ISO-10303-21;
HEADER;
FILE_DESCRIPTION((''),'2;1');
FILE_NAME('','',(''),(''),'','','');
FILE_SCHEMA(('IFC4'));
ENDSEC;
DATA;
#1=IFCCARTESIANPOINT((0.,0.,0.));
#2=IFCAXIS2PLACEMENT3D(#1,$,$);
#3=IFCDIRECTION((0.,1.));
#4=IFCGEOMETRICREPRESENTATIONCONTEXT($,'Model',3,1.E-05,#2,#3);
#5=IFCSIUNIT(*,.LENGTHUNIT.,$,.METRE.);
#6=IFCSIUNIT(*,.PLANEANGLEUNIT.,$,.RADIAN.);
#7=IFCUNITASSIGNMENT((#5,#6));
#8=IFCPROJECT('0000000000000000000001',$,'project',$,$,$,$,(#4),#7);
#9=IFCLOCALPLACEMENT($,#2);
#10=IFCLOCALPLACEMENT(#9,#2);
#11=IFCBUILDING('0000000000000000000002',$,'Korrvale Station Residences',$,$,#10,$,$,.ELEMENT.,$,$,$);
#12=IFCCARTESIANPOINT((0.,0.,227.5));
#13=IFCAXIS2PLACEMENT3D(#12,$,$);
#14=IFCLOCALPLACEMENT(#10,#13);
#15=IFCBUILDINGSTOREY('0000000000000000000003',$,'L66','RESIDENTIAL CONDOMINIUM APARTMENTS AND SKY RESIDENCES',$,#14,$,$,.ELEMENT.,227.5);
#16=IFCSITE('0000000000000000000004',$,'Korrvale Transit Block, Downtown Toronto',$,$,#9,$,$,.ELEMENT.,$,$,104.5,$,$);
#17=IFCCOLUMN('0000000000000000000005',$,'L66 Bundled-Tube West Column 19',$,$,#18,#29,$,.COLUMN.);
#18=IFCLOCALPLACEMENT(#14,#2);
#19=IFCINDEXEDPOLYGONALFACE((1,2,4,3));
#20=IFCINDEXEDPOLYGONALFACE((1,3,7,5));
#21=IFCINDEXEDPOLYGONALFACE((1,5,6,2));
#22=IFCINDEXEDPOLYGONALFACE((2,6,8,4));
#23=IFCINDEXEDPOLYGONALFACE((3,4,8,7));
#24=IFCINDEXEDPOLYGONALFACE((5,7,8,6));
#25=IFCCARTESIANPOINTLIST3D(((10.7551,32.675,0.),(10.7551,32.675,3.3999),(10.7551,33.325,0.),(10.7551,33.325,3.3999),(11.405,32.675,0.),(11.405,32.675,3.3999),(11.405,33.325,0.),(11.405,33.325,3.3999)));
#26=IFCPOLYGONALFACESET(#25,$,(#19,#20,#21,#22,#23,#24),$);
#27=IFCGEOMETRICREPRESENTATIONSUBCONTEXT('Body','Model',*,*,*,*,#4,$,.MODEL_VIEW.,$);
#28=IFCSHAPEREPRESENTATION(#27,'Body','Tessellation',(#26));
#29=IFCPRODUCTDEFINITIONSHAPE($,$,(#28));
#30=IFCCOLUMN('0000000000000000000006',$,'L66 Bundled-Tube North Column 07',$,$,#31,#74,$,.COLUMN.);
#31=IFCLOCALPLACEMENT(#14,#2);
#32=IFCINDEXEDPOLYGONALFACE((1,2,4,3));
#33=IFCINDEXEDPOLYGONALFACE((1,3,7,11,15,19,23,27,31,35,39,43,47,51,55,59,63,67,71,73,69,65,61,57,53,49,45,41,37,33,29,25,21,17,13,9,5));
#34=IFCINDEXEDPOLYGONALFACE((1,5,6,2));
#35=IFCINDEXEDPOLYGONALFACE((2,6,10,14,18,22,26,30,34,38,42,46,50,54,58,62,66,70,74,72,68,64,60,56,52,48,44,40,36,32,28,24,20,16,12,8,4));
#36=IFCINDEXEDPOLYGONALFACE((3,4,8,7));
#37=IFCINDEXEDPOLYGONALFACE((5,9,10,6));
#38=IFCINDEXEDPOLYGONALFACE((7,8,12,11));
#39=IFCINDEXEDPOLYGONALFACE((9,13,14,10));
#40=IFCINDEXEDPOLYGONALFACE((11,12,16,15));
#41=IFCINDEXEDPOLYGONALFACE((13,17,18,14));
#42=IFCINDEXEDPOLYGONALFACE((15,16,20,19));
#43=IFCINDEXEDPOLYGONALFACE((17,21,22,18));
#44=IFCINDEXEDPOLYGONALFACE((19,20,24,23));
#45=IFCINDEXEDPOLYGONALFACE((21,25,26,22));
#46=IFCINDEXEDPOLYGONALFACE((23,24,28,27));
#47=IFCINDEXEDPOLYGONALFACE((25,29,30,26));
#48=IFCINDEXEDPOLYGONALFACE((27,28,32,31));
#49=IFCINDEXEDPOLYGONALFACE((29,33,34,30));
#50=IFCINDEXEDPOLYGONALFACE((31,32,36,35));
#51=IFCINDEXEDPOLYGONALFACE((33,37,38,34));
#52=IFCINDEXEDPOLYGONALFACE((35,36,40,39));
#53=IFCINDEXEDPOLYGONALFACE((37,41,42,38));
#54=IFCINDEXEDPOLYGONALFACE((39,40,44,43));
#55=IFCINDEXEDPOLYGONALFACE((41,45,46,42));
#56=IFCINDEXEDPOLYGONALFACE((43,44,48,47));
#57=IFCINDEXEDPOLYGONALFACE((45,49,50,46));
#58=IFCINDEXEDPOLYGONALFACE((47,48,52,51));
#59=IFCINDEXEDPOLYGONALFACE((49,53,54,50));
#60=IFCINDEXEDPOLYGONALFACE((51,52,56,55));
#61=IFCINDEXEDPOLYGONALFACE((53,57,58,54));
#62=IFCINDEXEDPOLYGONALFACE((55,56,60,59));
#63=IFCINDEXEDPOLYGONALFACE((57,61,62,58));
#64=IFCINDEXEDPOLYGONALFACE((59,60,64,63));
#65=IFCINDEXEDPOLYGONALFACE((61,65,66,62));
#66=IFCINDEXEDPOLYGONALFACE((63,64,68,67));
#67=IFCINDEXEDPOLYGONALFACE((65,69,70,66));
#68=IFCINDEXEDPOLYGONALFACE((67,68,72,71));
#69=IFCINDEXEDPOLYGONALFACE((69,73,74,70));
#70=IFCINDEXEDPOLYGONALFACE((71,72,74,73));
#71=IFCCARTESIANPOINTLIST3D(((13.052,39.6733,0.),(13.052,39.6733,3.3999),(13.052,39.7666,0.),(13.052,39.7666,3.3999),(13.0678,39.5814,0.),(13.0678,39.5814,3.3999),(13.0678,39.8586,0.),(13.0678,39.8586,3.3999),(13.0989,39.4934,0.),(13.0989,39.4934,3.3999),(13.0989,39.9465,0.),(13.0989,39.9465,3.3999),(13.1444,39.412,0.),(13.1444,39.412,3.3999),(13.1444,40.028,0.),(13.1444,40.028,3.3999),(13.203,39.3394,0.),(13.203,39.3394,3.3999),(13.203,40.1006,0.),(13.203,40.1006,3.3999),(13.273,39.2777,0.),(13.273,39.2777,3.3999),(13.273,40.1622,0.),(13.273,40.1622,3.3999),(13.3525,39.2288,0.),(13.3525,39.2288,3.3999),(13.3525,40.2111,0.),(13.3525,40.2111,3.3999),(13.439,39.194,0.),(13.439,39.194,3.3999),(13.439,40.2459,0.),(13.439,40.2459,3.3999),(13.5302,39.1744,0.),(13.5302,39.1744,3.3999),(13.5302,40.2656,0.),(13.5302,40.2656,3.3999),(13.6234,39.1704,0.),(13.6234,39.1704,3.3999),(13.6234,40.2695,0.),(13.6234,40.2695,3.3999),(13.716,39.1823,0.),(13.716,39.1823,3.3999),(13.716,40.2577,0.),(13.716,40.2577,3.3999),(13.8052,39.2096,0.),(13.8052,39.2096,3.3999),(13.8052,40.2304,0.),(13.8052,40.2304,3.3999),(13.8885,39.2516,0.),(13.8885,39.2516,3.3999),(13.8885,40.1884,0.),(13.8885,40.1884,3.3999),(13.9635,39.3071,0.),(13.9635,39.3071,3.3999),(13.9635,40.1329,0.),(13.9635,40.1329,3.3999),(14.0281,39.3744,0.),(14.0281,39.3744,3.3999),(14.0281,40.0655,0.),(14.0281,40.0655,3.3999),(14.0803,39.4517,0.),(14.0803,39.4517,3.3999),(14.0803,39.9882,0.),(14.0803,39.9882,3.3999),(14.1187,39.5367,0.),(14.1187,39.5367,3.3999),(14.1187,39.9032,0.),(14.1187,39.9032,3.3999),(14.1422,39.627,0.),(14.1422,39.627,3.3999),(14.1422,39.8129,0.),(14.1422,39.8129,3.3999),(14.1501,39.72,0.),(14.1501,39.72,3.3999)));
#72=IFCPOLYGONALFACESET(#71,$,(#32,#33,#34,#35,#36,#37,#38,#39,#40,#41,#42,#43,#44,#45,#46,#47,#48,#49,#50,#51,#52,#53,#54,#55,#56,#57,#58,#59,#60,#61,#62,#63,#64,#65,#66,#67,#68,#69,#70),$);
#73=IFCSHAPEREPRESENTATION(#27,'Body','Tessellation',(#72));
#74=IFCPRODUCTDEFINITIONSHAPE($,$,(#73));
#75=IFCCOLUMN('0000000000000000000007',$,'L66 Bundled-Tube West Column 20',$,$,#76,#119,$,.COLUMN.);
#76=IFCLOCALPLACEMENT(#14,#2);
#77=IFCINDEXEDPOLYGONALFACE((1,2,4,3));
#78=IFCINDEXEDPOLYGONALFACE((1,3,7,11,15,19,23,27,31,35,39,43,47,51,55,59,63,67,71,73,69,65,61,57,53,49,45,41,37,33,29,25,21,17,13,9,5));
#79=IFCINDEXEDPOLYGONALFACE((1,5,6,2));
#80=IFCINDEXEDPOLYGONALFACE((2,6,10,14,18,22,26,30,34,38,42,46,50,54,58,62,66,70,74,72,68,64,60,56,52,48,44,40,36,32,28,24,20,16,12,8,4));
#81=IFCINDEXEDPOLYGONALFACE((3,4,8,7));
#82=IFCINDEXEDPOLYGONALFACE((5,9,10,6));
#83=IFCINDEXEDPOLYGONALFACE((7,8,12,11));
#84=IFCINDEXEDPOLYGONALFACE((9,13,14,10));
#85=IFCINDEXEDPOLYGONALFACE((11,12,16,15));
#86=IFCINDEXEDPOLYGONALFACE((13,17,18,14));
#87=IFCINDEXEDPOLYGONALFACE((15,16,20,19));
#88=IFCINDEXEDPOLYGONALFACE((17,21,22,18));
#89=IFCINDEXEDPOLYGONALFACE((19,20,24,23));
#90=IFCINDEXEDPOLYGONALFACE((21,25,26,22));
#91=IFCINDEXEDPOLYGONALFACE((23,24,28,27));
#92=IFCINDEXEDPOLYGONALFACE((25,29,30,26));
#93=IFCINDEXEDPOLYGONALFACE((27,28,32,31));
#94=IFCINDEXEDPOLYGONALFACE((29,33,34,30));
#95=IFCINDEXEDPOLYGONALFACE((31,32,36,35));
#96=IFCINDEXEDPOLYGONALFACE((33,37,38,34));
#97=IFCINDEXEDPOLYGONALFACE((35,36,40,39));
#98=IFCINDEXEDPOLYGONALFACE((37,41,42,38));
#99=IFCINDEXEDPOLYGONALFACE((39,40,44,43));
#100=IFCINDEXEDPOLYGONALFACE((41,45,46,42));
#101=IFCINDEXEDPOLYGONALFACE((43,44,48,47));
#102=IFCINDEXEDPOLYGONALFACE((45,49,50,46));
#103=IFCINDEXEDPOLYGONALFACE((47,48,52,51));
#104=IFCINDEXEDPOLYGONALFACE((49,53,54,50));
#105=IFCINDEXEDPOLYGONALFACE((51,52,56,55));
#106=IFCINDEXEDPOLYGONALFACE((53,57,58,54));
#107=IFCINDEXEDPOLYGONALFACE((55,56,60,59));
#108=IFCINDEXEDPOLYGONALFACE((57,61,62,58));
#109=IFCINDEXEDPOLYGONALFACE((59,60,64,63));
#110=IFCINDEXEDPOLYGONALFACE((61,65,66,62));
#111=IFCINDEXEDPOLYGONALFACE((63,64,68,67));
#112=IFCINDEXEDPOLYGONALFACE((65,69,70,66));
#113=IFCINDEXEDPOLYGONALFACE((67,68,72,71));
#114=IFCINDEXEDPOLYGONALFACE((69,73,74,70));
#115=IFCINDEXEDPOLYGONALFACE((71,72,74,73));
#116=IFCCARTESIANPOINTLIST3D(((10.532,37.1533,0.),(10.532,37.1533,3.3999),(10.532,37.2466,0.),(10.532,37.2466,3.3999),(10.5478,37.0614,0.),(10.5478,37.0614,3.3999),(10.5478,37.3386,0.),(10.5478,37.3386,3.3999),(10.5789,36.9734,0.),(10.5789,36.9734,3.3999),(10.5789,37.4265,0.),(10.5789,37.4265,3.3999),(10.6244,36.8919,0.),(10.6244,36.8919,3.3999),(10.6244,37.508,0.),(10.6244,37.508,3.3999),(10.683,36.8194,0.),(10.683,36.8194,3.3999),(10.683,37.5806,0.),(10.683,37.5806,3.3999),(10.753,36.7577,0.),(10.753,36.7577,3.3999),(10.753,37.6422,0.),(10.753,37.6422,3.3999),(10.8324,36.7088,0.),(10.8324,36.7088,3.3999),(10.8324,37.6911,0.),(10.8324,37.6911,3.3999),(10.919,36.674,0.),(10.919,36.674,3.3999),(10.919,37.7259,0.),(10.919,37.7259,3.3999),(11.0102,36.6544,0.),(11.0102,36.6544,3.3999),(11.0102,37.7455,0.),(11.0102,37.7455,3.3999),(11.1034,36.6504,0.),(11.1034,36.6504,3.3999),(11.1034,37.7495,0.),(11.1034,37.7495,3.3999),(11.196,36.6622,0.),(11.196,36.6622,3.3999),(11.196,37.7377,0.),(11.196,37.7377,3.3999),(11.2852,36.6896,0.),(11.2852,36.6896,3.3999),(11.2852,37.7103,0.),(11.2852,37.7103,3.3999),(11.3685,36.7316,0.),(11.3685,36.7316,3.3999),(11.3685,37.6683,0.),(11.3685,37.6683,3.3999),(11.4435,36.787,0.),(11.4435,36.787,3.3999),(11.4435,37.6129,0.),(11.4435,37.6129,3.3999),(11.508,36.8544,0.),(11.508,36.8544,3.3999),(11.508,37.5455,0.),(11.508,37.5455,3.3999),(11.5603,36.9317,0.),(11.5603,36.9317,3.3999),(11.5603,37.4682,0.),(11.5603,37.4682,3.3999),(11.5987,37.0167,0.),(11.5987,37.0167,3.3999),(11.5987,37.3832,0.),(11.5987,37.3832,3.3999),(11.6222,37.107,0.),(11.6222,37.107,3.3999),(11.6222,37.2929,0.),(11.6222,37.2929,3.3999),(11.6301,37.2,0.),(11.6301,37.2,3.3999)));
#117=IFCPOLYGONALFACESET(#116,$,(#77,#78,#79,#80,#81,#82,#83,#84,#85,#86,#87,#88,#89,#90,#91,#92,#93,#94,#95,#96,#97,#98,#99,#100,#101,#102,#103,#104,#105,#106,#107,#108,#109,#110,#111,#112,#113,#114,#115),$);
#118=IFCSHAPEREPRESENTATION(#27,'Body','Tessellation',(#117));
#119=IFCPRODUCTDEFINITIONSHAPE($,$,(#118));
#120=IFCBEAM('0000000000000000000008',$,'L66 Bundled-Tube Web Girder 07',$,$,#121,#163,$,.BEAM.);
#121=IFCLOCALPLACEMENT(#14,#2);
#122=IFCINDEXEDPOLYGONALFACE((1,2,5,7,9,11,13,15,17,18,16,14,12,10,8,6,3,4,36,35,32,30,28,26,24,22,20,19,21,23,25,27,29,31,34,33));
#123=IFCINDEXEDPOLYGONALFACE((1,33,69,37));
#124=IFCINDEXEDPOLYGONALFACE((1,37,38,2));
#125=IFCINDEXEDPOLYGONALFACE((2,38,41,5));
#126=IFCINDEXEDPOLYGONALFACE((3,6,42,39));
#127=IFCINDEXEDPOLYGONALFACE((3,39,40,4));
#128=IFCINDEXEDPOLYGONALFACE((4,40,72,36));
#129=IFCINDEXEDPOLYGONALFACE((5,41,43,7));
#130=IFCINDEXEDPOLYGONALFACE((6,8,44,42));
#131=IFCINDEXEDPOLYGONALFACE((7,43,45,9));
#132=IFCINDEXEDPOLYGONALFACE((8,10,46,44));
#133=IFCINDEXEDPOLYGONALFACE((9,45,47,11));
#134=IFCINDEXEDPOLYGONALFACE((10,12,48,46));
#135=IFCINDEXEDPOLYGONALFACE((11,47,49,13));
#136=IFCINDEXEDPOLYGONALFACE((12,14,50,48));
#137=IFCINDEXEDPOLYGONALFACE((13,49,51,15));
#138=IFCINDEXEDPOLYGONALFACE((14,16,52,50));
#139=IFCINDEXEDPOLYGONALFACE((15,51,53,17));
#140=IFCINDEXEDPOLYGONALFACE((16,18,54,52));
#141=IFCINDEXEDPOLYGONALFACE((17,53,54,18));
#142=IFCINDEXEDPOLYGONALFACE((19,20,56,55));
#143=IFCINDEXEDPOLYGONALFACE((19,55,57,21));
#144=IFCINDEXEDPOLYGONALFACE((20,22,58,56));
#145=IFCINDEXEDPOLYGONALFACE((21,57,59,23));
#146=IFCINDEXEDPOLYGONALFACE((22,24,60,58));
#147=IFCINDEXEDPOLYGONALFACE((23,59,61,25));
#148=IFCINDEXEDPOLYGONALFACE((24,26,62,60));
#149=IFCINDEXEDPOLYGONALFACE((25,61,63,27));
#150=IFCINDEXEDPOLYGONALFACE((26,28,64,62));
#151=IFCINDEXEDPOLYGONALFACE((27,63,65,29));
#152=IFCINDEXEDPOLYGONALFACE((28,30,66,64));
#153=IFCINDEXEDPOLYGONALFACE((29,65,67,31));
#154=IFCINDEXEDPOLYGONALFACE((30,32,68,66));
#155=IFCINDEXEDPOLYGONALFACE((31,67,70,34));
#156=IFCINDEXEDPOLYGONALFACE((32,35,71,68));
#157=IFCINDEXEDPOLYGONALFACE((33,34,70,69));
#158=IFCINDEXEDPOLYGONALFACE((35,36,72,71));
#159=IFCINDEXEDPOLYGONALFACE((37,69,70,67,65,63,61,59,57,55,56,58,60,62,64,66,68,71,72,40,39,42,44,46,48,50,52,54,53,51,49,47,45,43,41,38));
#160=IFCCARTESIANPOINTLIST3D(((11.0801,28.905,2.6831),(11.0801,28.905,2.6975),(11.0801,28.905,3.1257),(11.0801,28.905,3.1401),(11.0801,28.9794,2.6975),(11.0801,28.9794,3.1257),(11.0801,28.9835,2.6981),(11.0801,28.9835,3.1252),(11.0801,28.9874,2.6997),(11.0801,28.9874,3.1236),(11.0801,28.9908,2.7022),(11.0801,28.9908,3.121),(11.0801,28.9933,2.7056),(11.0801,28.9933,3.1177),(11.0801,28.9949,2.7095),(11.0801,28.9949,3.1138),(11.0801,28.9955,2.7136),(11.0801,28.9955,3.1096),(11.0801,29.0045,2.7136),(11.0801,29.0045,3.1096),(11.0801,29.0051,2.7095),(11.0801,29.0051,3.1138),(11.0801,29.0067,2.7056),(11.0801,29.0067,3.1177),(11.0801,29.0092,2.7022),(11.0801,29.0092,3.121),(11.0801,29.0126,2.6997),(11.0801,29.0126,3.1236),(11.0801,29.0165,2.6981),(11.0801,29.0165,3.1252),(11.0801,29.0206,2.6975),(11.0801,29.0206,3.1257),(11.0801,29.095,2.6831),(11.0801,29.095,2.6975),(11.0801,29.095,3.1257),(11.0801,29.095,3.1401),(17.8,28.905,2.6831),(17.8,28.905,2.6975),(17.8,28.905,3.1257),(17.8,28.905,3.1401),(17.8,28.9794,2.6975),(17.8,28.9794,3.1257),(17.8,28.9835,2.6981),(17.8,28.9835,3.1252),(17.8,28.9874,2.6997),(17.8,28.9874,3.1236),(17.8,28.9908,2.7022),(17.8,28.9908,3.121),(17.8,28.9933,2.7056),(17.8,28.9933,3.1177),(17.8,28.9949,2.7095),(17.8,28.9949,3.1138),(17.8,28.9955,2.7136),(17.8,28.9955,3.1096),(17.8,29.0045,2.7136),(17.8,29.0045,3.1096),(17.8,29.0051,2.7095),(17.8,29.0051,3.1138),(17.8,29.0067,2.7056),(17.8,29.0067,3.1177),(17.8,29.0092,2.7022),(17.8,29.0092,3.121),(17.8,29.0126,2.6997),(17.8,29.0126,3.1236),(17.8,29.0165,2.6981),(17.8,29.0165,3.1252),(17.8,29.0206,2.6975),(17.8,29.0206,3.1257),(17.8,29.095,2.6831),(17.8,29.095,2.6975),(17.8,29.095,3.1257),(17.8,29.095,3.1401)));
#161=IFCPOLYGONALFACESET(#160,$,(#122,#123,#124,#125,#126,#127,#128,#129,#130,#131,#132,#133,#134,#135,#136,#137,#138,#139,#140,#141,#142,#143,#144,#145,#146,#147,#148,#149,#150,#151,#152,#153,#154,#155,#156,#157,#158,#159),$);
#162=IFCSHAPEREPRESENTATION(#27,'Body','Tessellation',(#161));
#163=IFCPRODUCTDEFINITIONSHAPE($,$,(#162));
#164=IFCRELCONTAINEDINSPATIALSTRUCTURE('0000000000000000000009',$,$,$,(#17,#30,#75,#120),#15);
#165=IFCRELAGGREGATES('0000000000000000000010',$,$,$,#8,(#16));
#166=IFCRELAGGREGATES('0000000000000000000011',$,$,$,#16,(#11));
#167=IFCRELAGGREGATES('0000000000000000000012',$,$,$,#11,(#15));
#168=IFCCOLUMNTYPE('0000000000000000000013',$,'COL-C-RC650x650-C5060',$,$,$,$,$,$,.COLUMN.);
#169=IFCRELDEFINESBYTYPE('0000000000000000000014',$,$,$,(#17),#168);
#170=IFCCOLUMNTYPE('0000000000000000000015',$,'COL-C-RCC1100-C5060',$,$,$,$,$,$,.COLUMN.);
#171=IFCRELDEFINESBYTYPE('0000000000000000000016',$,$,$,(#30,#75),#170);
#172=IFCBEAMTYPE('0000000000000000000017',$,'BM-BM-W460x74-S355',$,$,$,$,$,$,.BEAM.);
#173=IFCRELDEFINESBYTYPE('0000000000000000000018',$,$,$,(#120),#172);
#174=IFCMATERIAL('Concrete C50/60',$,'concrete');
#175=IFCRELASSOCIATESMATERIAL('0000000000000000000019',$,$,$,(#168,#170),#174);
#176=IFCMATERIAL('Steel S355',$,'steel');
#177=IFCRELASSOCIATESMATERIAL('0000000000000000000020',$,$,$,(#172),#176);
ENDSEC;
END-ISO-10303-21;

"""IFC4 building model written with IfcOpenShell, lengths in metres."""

from ifc_helpers import new_model, si_unit, direction, frame, origin, origin_2d, place, context, subcontext, project, spatial, rectangle, circle, i_section, extrude, material, material_profile, profile_set, type_object, element, save


model = new_model("IFC4")

# Units and contexts
model_context = context("Model", 3, precision=1e-05, world=origin(), true_north=direction((0.0, 1.0)))
body_context = subcontext(model_context, "Body", "Model", "MODEL_VIEW")
ifc_project = project(units=[si_unit("LENGTHUNIT", "METRE"), si_unit("PLANEANGLEUNIT", "RADIAN")], contexts=[model_context])

# Site, building, storey
site_placement = place(None, origin())
site = spatial("IfcSite", under=ifc_project, at=site_placement, Name="Korrvale Transit Block, Downtown Toronto", CompositionType="ELEMENT", RefElevation=104.5)
building_placement = place(site_placement, origin())
building = spatial("IfcBuilding", under=site, at=building_placement, Name="Korrvale Station Residences", CompositionType="ELEMENT")
storey_placement = place(building_placement, frame((0.0, 0.0, 227.5)))
storey = spatial("IfcBuildingStorey", under=building, at=storey_placement, Name="L66", Description="RESIDENTIAL CONDOMINIUM APARTMENTS AND SKY RESIDENCES", CompositionType="ELEMENT", Elevation=227.5)

# Columns
ifc_material_1 = material(Name="Concrete C50/60", Category="concrete")
ifc_material_profile_1 = material_profile(ifc_material_1, rectangle(XDim=0.6499, YDim=0.6499, at=origin_2d()), Name="RC650x650")
ifc_profile_set_1 = profile_set([ifc_material_profile_1], Name="Concrete C50/60")
column_type_1 = type_object("IfcColumnType", Name="COL-C-RC650x650-C5060", PredefinedType="COLUMN", material=ifc_profile_set_1)
column_placement = place(storey_placement, frame((11.0801, 33.0, 0.0), z_axis=(0.0, 0.0, 1.0), x_axis=(1.0, 0.0, 0.0)))
element("IfcColumn", 1, at=column_placement, inside=storey, type_object=column_type_1, Name="L66 Bundled-Tube West Column 19", PredefinedType="COLUMN", context=body_context, shape_type="SweptSolid", body=[
    extrude(rectangle(XDim=0.6499, YDim=0.6499, at=origin_2d()), origin(), (0.0, 0.0, 1.0), 3.3999),
])
ifc_material_profile_2 = material_profile(ifc_material_1, circle(Radius=0.55, at=origin_2d()), Name="RCC1100")
ifc_profile_set_2 = profile_set([ifc_material_profile_2], Name="Concrete C50/60")
column_type_2 = type_object("IfcColumnType", Name="COL-C-RCC1100-C5060", PredefinedType="COLUMN", material=ifc_profile_set_2)
for number, where, z_axis, x_axis, name in (
    (2, (13.6001, 39.72, 0.0), (0.0, 0.0, 1.0), (1.0, 0.0, 0.0), "L66 Bundled-Tube North Column 07"),
    (3, (11.0801, 37.2, 0.0), (0.0, 0.0, 1.0), (1.0, 0.0, 0.0), "L66 Bundled-Tube West Column 20"),
):
    element("IfcColumn", number, at=place(storey_placement, frame(where, z_axis=z_axis, x_axis=x_axis)), inside=storey, type_object=column_type_2, Name=name, PredefinedType="COLUMN", context=body_context, shape_type="SweptSolid", body=[
        extrude(circle(Radius=0.55, at=origin_2d()), origin(), (0.0, 0.0, 1.0), 3.3999),
    ])

# Beam
ifc_material_2 = material(Name="Steel S355", Category="steel")
ifc_material_profile_3 = material_profile(ifc_material_2, i_section(OverallWidth=0.1899, OverallDepth=0.457, WebThickness=0.009, FlangeThickness=0.0144, FilletRadius=0.0161, at=origin_2d()), Name="W460x74")
ifc_profile_set_3 = profile_set([ifc_material_profile_3], Name="Steel S355")
beam_type_1 = type_object("IfcBeamType", Name="BM-BM-W460x74-S355", PredefinedType="BEAM", material=ifc_profile_set_3)
beam_1_placement = place(storey_placement, frame((11.0801, 29.0, 2.9116), z_axis=(1.0, 0.0, 0.0), x_axis=(0.0, 1.0, 0.0)))
element("IfcBeam", 4, at=beam_1_placement, inside=storey, type_object=beam_type_1, Name="L66 Bundled-Tube Web Girder 07", PredefinedType="BEAM", context=body_context, shape_type="SweptSolid", body=[
    extrude(i_section(OverallWidth=0.1899, OverallDepth=0.457, WebThickness=0.009, FlangeThickness=0.0144, FilletRadius=0.0161, at=origin_2d()), origin(), (0.0, 0.0, 1.0), 6.72),
])

save(model, "model.ifc")
